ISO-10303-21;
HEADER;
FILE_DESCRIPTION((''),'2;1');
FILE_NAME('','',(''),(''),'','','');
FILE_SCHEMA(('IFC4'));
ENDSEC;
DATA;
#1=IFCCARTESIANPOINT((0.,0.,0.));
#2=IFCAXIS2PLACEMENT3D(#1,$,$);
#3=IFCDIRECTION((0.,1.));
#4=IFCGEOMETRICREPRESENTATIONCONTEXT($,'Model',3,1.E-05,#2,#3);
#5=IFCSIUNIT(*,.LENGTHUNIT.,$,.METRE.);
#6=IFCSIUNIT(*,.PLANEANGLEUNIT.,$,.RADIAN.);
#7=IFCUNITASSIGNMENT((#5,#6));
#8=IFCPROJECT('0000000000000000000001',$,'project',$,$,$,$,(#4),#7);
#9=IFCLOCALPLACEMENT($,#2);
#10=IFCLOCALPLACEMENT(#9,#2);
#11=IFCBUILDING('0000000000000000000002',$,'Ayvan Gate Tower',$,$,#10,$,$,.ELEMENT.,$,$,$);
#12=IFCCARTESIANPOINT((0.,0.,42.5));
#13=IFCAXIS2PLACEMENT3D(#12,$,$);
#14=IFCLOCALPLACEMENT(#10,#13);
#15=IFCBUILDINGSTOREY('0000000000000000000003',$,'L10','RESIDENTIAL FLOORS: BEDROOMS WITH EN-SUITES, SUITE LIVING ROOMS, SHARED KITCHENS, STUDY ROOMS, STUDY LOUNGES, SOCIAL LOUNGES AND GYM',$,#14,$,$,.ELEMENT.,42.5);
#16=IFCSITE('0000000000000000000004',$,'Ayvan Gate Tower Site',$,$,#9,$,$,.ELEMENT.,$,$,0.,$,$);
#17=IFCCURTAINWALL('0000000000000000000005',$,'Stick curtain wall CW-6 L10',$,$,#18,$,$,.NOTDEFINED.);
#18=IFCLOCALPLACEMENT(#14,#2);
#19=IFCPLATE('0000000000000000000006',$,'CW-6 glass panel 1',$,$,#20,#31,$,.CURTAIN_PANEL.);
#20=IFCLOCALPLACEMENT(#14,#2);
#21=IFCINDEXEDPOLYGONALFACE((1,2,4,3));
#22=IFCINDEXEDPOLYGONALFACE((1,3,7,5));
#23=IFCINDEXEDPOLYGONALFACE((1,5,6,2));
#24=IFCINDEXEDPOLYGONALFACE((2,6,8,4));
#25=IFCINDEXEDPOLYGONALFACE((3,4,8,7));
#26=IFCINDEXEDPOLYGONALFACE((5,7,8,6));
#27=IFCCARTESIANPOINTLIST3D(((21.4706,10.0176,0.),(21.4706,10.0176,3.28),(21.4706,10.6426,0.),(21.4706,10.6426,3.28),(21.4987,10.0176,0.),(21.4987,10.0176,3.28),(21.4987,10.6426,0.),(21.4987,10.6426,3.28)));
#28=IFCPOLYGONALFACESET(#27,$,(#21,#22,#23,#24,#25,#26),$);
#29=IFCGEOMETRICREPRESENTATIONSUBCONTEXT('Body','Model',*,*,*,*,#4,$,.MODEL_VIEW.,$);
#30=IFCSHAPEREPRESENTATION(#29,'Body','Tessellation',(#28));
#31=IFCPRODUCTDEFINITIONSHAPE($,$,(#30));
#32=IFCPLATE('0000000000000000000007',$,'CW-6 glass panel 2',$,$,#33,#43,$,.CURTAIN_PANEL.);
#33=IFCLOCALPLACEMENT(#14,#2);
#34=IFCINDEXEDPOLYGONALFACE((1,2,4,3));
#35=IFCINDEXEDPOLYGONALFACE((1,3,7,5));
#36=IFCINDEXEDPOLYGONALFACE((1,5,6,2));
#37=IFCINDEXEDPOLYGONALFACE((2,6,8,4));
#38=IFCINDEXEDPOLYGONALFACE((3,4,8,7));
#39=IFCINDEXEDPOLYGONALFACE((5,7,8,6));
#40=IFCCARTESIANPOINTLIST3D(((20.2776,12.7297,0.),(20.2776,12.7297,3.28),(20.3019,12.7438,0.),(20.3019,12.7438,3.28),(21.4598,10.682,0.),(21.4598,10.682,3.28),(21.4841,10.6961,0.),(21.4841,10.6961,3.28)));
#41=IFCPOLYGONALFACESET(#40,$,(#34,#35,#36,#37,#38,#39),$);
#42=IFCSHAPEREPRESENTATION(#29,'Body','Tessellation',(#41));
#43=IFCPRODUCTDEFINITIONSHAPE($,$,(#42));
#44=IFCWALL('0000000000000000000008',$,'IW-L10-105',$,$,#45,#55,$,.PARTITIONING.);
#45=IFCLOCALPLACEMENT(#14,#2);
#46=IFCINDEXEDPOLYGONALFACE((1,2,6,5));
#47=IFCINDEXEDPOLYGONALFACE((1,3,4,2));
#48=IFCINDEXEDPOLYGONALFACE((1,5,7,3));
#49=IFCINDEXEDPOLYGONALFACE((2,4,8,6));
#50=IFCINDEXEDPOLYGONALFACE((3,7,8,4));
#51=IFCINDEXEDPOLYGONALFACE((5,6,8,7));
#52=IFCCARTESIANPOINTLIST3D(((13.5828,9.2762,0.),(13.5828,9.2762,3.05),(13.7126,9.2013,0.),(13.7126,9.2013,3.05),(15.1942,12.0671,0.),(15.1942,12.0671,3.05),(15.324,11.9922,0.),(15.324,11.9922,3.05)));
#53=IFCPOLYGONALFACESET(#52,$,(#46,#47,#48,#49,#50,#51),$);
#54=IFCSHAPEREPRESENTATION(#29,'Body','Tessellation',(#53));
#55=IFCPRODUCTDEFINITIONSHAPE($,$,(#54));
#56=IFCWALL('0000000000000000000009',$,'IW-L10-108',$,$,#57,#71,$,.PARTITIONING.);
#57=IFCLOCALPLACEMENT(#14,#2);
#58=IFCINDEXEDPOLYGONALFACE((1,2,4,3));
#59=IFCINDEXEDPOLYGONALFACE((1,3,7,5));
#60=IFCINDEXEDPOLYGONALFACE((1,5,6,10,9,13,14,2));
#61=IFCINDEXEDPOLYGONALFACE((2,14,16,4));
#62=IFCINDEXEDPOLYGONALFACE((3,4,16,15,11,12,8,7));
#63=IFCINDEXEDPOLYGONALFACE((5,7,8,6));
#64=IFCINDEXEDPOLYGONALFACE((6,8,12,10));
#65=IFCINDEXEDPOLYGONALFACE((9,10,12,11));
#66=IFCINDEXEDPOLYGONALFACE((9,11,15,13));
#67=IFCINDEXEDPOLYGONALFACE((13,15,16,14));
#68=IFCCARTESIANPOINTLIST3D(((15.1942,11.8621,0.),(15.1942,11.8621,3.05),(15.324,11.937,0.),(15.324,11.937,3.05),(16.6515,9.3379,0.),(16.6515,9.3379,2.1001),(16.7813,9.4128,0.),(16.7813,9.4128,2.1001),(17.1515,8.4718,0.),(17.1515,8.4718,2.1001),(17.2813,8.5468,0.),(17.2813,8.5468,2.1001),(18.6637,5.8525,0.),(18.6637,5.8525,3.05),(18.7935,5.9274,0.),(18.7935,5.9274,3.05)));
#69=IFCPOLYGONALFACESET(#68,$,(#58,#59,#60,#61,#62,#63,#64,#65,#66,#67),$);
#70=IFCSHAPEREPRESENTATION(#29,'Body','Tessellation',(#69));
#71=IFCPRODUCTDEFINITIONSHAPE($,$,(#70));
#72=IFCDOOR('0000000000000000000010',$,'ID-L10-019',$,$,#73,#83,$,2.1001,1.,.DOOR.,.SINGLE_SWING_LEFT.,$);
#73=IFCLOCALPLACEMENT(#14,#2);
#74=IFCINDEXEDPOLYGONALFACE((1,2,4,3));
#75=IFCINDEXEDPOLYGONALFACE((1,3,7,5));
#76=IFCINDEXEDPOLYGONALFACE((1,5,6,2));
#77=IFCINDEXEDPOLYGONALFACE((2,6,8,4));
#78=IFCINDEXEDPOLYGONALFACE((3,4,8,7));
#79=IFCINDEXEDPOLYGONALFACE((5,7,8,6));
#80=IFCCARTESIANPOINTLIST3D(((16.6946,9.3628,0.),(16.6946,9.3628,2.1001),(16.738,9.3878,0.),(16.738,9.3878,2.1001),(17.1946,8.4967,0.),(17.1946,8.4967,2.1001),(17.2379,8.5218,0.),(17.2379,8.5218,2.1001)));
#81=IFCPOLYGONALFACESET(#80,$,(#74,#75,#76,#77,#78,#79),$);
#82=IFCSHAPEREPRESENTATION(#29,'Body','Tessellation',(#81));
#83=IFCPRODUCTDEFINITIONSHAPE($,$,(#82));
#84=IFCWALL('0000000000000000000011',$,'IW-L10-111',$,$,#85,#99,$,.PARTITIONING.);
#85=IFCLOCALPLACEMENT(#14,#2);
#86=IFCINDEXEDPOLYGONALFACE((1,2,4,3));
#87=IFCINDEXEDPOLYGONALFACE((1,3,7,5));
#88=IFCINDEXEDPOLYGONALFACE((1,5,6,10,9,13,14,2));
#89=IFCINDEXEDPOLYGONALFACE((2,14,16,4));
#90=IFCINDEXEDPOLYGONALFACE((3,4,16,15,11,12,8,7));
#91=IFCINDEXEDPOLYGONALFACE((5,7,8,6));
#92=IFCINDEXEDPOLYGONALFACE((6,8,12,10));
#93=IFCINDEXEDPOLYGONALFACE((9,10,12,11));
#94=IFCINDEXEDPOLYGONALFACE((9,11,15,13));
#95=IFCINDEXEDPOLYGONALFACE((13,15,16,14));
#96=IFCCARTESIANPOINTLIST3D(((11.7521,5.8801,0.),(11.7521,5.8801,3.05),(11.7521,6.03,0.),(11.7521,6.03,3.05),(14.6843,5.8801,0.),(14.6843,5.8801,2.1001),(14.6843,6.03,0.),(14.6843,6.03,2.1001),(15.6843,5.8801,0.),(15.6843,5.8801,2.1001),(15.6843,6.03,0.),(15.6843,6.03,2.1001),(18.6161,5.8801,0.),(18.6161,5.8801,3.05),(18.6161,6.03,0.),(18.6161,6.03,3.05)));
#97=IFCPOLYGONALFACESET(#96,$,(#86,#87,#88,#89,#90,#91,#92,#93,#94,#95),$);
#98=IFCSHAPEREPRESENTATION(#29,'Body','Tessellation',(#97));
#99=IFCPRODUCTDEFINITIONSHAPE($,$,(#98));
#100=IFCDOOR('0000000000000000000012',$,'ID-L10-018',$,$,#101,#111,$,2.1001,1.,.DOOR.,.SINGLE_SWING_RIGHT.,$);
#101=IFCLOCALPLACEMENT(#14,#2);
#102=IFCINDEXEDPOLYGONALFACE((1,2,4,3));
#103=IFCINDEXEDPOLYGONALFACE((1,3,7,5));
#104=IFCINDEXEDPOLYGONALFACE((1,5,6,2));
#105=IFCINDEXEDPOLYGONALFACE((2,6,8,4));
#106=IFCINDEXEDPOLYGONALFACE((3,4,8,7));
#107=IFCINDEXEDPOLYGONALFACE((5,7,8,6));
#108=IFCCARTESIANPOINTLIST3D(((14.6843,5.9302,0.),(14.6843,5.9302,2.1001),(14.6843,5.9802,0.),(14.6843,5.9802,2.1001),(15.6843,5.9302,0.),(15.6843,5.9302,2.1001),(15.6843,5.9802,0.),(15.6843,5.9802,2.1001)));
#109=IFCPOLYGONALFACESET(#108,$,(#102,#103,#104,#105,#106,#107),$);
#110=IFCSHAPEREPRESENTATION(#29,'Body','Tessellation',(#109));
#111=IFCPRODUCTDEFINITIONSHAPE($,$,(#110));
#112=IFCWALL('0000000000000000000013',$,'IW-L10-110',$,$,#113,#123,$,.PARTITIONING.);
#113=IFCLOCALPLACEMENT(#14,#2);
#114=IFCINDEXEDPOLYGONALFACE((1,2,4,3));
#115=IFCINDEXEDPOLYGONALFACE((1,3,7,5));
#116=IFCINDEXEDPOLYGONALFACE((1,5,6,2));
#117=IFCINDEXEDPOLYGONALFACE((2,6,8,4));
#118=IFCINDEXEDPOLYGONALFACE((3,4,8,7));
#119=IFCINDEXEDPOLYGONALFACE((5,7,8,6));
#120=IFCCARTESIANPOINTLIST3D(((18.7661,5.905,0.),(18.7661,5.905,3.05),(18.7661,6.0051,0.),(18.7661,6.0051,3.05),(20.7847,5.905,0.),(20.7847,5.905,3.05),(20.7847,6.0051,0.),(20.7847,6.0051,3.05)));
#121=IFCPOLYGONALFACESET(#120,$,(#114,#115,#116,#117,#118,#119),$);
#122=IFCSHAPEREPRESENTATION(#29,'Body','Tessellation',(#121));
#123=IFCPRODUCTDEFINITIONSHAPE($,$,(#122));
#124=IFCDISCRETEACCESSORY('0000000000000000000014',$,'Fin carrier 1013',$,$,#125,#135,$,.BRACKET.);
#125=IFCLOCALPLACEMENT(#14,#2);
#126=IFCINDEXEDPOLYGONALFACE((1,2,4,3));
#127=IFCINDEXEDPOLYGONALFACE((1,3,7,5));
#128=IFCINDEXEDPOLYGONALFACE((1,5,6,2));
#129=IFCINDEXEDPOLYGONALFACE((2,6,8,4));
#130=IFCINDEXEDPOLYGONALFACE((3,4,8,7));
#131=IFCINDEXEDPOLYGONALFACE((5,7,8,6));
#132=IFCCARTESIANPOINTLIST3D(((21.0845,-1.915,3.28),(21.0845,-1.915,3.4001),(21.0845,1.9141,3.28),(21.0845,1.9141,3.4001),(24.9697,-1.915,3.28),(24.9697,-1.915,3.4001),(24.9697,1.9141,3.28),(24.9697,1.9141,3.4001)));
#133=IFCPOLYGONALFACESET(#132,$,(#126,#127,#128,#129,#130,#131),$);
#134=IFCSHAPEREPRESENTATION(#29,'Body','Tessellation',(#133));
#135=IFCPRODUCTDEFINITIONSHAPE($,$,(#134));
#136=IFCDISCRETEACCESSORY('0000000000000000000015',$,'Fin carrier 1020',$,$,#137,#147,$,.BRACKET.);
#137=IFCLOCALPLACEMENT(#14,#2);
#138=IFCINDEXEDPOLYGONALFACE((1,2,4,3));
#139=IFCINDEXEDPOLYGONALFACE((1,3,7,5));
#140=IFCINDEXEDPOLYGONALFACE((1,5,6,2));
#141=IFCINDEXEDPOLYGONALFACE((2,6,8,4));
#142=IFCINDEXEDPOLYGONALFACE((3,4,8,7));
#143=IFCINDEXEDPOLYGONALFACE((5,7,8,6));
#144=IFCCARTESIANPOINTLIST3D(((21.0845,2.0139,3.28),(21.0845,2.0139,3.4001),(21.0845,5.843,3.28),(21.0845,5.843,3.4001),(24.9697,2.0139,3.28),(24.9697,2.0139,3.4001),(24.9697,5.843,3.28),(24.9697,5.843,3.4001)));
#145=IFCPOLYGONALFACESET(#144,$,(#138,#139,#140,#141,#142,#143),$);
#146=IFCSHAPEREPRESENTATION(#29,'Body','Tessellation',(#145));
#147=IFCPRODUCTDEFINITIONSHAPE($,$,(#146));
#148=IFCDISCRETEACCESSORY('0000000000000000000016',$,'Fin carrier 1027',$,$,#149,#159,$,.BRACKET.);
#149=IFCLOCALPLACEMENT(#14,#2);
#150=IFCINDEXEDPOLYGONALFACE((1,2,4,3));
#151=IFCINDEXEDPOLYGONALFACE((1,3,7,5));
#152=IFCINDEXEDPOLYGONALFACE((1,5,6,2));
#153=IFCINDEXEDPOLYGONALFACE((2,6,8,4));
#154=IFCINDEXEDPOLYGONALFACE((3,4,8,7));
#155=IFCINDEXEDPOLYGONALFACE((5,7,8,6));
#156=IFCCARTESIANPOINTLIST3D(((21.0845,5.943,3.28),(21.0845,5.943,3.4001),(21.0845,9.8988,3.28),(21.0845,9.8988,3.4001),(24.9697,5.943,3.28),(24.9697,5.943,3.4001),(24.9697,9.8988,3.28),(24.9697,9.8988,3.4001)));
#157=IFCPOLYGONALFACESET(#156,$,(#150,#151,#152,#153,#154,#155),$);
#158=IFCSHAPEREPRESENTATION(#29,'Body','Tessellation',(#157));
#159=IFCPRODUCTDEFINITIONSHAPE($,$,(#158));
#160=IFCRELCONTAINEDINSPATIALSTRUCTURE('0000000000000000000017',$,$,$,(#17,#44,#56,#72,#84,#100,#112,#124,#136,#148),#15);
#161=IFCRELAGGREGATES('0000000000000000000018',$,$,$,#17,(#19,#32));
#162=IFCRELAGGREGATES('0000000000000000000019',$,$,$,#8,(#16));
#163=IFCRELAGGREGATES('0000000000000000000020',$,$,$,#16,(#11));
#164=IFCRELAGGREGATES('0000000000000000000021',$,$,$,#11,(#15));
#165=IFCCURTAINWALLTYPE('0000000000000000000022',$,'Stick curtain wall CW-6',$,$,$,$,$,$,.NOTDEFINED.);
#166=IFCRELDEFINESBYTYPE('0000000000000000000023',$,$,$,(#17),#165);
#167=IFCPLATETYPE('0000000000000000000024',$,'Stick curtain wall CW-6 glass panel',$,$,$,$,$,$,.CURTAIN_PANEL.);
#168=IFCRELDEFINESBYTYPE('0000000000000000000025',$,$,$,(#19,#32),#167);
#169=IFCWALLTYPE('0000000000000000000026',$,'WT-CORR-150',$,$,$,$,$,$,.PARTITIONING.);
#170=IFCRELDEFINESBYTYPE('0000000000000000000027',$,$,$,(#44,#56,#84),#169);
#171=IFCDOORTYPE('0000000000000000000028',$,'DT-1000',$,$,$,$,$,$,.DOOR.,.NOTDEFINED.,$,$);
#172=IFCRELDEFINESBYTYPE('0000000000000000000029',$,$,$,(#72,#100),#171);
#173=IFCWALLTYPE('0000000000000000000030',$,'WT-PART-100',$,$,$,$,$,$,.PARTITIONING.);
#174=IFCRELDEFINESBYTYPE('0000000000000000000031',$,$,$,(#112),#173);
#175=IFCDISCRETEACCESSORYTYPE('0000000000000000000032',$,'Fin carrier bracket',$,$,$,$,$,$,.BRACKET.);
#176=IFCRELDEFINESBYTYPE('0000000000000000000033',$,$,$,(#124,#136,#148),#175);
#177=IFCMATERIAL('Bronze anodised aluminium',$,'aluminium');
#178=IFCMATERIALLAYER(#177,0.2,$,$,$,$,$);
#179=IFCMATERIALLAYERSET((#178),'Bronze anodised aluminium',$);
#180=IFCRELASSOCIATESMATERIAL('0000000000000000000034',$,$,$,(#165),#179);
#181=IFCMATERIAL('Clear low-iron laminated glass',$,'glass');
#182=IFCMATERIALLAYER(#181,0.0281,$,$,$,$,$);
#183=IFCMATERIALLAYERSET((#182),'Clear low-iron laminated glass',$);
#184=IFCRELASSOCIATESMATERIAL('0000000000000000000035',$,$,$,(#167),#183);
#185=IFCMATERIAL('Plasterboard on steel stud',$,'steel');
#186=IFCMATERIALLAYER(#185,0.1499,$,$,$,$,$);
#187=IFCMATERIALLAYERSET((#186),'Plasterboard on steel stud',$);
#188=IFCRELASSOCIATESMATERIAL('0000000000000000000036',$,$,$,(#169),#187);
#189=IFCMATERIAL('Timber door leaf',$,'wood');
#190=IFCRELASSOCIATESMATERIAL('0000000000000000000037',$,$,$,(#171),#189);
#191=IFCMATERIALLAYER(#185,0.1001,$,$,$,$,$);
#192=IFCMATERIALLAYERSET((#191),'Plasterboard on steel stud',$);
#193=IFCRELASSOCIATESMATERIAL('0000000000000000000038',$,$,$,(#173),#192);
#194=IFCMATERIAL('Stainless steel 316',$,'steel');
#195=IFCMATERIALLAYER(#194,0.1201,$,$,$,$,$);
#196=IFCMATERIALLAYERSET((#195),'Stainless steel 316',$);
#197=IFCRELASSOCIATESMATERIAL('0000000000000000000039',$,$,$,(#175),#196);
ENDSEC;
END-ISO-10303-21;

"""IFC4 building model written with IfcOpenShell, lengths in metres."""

from ifc_helpers import new_model, si_unit, direction, frame, frame_2d, origin, origin_2d, place, context, subcontext, project, spatial, rectangle, extrude, material, layer, layer_set, type_object, element, fill, aggregate, save


model = new_model("IFC4")

# Units and contexts
model_context = context("Model", 3, precision=1e-05, world=origin(), true_north=direction((0.0, 1.0)))
body_context = subcontext(model_context, "Body", "Model", "MODEL_VIEW")
ifc_project = project(units=[si_unit("LENGTHUNIT", "METRE"), si_unit("PLANEANGLEUNIT", "RADIAN")], contexts=[model_context])

# Site, building, storey
site_placement = place(None, origin())
site = spatial("IfcSite", under=ifc_project, at=site_placement, Name="Ayvan Gate Tower Site", CompositionType="ELEMENT", RefElevation=0.0)
building_placement = place(site_placement, origin())
building = spatial("IfcBuilding", under=site, at=building_placement, Name="Ayvan Gate Tower", CompositionType="ELEMENT")
storey_placement = place(building_placement, frame((0.0, 0.0, 42.5)))
storey = spatial("IfcBuildingStorey", under=building, at=storey_placement, Name="L10", Description="RESIDENTIAL FLOORS: BEDROOMS WITH EN-SUITES, SUITE LIVING ROOMS, SHARED KITCHENS, STUDY ROOMS, STUDY LOUNGES, SOCIAL LOUNGES AND GYM", CompositionType="ELEMENT", Elevation=42.5)

# Curtain wall
ifc_material_1 = material(Name="Bronze anodised aluminium", Category="aluminium")
ifc_layer_1 = layer(ifc_material_1, 0.2)
ifc_layer_set_1 = layer_set([ifc_layer_1], Name="Bronze anodised aluminium")
curtain_wall_type_1 = type_object("IfcCurtainWallType", Name="Stick curtain wall CW-6", PredefinedType="NOTDEFINED", material=ifc_layer_set_1)
curtain_wall_1_placement = place(storey_placement, origin())
curtain_wall_1 = element("IfcCurtainWall", 1, at=curtain_wall_1_placement, inside=storey, type_object=curtain_wall_type_1, Name="Stick curtain wall CW-6 L10", PredefinedType="NOTDEFINED")

# Plates
ifc_material_2 = material(Name="Clear low-iron laminated glass", Category="glass")
ifc_layer_2 = layer(ifc_material_2, 0.0281)
ifc_layer_set_2 = layer_set([ifc_layer_2], Name="Clear low-iron laminated glass")
plate_type_1 = type_object("IfcPlateType", Name="Stick curtain wall CW-6 glass panel", PredefinedType="CURTAIN_PANEL", material=ifc_layer_set_2)
plate_1_placement = place(storey_placement, frame((21.4846, 10.3301, 0.0), z_axis=(0.0, 0.0, 1.0), x_axis=(0.0, 1.0, 0.0)))
plate_1 = element("IfcPlate", 2, at=plate_1_placement, type_object=plate_type_1, Name="CW-6 glass panel 1", PredefinedType="CURTAIN_PANEL", context=body_context, shape_type="SweptSolid", body=[
    extrude(rectangle(XDim=0.625, YDim=0.0281, at=origin_2d()), origin(), (0.0, 0.0, 1.0), 3.28),
])
plate_2_placement = place(storey_placement, frame((20.8809, 11.7129, 0.0), z_axis=(0.0, 0.0, 1.0), x_axis=(-0.5, 0.866025, 0.0)))
plate_2 = element("IfcPlate", 3, at=plate_2_placement, type_object=plate_type_1, Name="CW-6 glass panel 2", PredefinedType="CURTAIN_PANEL", context=body_context, shape_type="SweptSolid", body=[
    extrude(rectangle(XDim=2.3645, YDim=0.0281, at=origin_2d()), origin(), (0.0, 0.0, 1.0), 3.28),
])
aggregate(curtain_wall_1, [plate_1, plate_2])

# Wall
ifc_material_3 = material(Name="Plasterboard on steel stud", Category="steel")
ifc_layer_3 = layer(ifc_material_3, 0.1499)
ifc_layer_set_3 = layer_set([ifc_layer_3], Name="Plasterboard on steel stud")
wall_type_1 = type_object("IfcWallType", Name="WT-CORR-150", PredefinedType="PARTITIONING", material=ifc_layer_set_3)
wall_1_placement = place(storey_placement, frame((13.6477, 9.2388, 0.0), z_axis=(0.0, 0.0, 1.0), x_axis=(0.500018, 0.866015, 0.0)))
element("IfcWall", 4, at=wall_1_placement, inside=storey, type_object=wall_type_1, Name="IW-L10-105", PredefinedType="PARTITIONING", context=body_context, shape_type="SweptSolid", body=[
    extrude(rectangle(XDim=3.2227, YDim=0.1499, at=frame_2d((1.6113, 0.0))), origin(), (0.0, 0.0, 1.0), 3.05),
])

# Walls, openings, doors
wall_2_placement = place(storey_placement, frame((15.259, 11.8997, 0.0), z_axis=(0.0, 0.0, 1.0), x_axis=(0.499987, -0.866033, 0.0)))
wall_2 = element("IfcWall", 5, at=wall_2_placement, inside=storey, type_object=wall_type_1, Name="IW-L10-108", PredefinedType="PARTITIONING", context=body_context, shape_type="SweptSolid", body=[
    extrude(rectangle(XDim=6.9392, YDim=0.1499, at=frame_2d((3.4697, 0.0))), origin(), (0.0, 0.0, 1.0), 3.05),
])
opening_1_placement = place(wall_2_placement, frame((2.9148, 0.0, 0.0)))
opening_1 = element("IfcOpeningElement", 6, at=opening_1_placement, cuts=wall_2, PredefinedType="OPENING", context=body_context, shape_type="SweptSolid", body=[
    extrude(rectangle(XDim=1.0, YDim=2.1001, at=frame_2d((0.5, 1.05))), frame((0.0, 0.085, 0.0), z_axis=(0.0, -1.0, 0.0), x_axis=(1.0, 0.0, 0.0)), (0.0, 0.0, 1.0), 0.1699),
])
ifc_material_4 = material(Name="Timber door leaf", Category="wood")
door_type = type_object("IfcDoorType", Name="DT-1000", OperationType="NOTDEFINED", PredefinedType="DOOR", material=ifc_material_4)
door_1_placement = place(opening_1_placement, origin())
door_1 = element("IfcDoor", 7, at=door_1_placement, inside=storey, type_object=door_type, Name="ID-L10-019", OperationType="SINGLE_SWING_LEFT", OverallHeight=2.1001, OverallWidth=1.0, PredefinedType="DOOR", context=body_context, shape_type="SweptSolid", body=[
    extrude(rectangle(XDim=1.0, YDim=2.1001, at=frame_2d((0.5, 1.05))), frame((0.0, 0.0249, 0.0), z_axis=(0.0, -1.0, 0.0), x_axis=(1.0, 0.0, 0.0)), (0.0, 0.0, 1.0), 0.05),
])
fill(opening_1, door_1)
wall_3_placement = place(storey_placement, frame((18.6162, 5.9551, 0.0), z_axis=(0.0, 0.0, 1.0), x_axis=(-1.0, 0.0, 0.0)))
wall_3 = element("IfcWall", 8, at=wall_3_placement, inside=storey, type_object=wall_type_1, Name="IW-L10-111", PredefinedType="PARTITIONING", context=body_context, shape_type="SweptSolid", body=[
    extrude(rectangle(XDim=6.864, YDim=0.1499, at=frame_2d((3.4321, 0.0))), origin(), (0.0, 0.0, 1.0), 3.05),
])
opening_2_placement = place(wall_3_placement, frame((2.9319, 0.0, 0.0)))
opening_2 = element("IfcOpeningElement", 9, at=opening_2_placement, cuts=wall_3, PredefinedType="OPENING", context=body_context, shape_type="SweptSolid", body=[
    extrude(rectangle(XDim=1.0, YDim=2.1001, at=frame_2d((0.5, 1.05))), frame((0.0, 0.085, 0.0), z_axis=(0.0, -1.0, 0.0), x_axis=(1.0, 0.0, 0.0)), (0.0, 0.0, 1.0), 0.1699),
])
door_2_placement = place(opening_2_placement, origin())
door_2 = element("IfcDoor", 10, at=door_2_placement, inside=storey, type_object=door_type, Name="ID-L10-018", OperationType="SINGLE_SWING_RIGHT", OverallHeight=2.1001, OverallWidth=1.0, PredefinedType="DOOR", context=body_context, shape_type="SweptSolid", body=[
    extrude(rectangle(XDim=1.0, YDim=2.1001, at=frame_2d((0.5, 1.05))), frame((0.0, 0.0249, 0.0), z_axis=(0.0, -1.0, 0.0), x_axis=(1.0, 0.0, 0.0)), (0.0, 0.0, 1.0), 0.05),
])
fill(opening_2, door_2)

# Wall
ifc_layer_4 = layer(ifc_material_3, 0.1001)
ifc_layer_set_4 = layer_set([ifc_layer_4], Name="Plasterboard on steel stud")
wall_type_2 = type_object("IfcWallType", Name="WT-PART-100", PredefinedType="PARTITIONING", material=ifc_layer_set_4)
wall_4_placement = place(storey_placement, frame((18.7661, 5.9551, 0.0), z_axis=(0.0, 0.0, 1.0), x_axis=(1.0, 0.0, 0.0)))
element("IfcWall", 11, at=wall_4_placement, inside=storey, type_object=wall_type_2, Name="IW-L10-110", PredefinedType="PARTITIONING", context=body_context, shape_type="SweptSolid", body=[
    extrude(rectangle(XDim=2.0186, YDim=0.1001, at=frame_2d((1.0093, 0.0))), origin(), (0.0, 0.0, 1.0), 3.05),
])

# Discrete accessories
ifc_material_5 = material(Name="Stainless steel 316", Category="steel")
ifc_layer_5 = layer(ifc_material_5, 0.1201)
ifc_layer_set_5 = layer_set([ifc_layer_5], Name="Stainless steel 316")
discrete_accessory_type = type_object("IfcDiscreteAccessoryType", Name="Fin carrier bracket", PredefinedType="BRACKET", material=ifc_layer_set_5)
for number, where, z_axis, x_axis, name in (
    (12, (23.0271, -0.0005, 3.28), (0.0, 0.0, 1.0), (0.0, 1.0, 0.0), "Fin carrier 1013"),
    (13, (23.0271, 3.9285, 3.28), (0.0, 0.0, 1.0), (0.0, 1.0, 0.0), "Fin carrier 1020"),
):
    element("IfcDiscreteAccessory", number, at=place(storey_placement, frame(where, z_axis=z_axis, x_axis=x_axis)), inside=storey, type_object=discrete_accessory_type, Name=name, PredefinedType="BRACKET", context=body_context, shape_type="SweptSolid", body=[
        extrude(rectangle(XDim=3.8291, YDim=3.8853, at=origin_2d()), origin(), (0.0, 0.0, 1.0), 0.1201),
    ])
discrete_accessory_placement = place(storey_placement, frame((23.0271, 7.9209, 3.28), z_axis=(0.0, 0.0, 1.0), x_axis=(0.0, 1.0, 0.0)))
element("IfcDiscreteAccessory", 14, at=discrete_accessory_placement, inside=storey, type_object=discrete_accessory_type, Name="Fin carrier 1027", PredefinedType="BRACKET", context=body_context, shape_type="SweptSolid", body=[
    extrude(rectangle(XDim=3.9558, YDim=3.8853, at=origin_2d()), origin(), (0.0, 0.0, 1.0), 0.1201),
])

save(model, "model.ifc")
